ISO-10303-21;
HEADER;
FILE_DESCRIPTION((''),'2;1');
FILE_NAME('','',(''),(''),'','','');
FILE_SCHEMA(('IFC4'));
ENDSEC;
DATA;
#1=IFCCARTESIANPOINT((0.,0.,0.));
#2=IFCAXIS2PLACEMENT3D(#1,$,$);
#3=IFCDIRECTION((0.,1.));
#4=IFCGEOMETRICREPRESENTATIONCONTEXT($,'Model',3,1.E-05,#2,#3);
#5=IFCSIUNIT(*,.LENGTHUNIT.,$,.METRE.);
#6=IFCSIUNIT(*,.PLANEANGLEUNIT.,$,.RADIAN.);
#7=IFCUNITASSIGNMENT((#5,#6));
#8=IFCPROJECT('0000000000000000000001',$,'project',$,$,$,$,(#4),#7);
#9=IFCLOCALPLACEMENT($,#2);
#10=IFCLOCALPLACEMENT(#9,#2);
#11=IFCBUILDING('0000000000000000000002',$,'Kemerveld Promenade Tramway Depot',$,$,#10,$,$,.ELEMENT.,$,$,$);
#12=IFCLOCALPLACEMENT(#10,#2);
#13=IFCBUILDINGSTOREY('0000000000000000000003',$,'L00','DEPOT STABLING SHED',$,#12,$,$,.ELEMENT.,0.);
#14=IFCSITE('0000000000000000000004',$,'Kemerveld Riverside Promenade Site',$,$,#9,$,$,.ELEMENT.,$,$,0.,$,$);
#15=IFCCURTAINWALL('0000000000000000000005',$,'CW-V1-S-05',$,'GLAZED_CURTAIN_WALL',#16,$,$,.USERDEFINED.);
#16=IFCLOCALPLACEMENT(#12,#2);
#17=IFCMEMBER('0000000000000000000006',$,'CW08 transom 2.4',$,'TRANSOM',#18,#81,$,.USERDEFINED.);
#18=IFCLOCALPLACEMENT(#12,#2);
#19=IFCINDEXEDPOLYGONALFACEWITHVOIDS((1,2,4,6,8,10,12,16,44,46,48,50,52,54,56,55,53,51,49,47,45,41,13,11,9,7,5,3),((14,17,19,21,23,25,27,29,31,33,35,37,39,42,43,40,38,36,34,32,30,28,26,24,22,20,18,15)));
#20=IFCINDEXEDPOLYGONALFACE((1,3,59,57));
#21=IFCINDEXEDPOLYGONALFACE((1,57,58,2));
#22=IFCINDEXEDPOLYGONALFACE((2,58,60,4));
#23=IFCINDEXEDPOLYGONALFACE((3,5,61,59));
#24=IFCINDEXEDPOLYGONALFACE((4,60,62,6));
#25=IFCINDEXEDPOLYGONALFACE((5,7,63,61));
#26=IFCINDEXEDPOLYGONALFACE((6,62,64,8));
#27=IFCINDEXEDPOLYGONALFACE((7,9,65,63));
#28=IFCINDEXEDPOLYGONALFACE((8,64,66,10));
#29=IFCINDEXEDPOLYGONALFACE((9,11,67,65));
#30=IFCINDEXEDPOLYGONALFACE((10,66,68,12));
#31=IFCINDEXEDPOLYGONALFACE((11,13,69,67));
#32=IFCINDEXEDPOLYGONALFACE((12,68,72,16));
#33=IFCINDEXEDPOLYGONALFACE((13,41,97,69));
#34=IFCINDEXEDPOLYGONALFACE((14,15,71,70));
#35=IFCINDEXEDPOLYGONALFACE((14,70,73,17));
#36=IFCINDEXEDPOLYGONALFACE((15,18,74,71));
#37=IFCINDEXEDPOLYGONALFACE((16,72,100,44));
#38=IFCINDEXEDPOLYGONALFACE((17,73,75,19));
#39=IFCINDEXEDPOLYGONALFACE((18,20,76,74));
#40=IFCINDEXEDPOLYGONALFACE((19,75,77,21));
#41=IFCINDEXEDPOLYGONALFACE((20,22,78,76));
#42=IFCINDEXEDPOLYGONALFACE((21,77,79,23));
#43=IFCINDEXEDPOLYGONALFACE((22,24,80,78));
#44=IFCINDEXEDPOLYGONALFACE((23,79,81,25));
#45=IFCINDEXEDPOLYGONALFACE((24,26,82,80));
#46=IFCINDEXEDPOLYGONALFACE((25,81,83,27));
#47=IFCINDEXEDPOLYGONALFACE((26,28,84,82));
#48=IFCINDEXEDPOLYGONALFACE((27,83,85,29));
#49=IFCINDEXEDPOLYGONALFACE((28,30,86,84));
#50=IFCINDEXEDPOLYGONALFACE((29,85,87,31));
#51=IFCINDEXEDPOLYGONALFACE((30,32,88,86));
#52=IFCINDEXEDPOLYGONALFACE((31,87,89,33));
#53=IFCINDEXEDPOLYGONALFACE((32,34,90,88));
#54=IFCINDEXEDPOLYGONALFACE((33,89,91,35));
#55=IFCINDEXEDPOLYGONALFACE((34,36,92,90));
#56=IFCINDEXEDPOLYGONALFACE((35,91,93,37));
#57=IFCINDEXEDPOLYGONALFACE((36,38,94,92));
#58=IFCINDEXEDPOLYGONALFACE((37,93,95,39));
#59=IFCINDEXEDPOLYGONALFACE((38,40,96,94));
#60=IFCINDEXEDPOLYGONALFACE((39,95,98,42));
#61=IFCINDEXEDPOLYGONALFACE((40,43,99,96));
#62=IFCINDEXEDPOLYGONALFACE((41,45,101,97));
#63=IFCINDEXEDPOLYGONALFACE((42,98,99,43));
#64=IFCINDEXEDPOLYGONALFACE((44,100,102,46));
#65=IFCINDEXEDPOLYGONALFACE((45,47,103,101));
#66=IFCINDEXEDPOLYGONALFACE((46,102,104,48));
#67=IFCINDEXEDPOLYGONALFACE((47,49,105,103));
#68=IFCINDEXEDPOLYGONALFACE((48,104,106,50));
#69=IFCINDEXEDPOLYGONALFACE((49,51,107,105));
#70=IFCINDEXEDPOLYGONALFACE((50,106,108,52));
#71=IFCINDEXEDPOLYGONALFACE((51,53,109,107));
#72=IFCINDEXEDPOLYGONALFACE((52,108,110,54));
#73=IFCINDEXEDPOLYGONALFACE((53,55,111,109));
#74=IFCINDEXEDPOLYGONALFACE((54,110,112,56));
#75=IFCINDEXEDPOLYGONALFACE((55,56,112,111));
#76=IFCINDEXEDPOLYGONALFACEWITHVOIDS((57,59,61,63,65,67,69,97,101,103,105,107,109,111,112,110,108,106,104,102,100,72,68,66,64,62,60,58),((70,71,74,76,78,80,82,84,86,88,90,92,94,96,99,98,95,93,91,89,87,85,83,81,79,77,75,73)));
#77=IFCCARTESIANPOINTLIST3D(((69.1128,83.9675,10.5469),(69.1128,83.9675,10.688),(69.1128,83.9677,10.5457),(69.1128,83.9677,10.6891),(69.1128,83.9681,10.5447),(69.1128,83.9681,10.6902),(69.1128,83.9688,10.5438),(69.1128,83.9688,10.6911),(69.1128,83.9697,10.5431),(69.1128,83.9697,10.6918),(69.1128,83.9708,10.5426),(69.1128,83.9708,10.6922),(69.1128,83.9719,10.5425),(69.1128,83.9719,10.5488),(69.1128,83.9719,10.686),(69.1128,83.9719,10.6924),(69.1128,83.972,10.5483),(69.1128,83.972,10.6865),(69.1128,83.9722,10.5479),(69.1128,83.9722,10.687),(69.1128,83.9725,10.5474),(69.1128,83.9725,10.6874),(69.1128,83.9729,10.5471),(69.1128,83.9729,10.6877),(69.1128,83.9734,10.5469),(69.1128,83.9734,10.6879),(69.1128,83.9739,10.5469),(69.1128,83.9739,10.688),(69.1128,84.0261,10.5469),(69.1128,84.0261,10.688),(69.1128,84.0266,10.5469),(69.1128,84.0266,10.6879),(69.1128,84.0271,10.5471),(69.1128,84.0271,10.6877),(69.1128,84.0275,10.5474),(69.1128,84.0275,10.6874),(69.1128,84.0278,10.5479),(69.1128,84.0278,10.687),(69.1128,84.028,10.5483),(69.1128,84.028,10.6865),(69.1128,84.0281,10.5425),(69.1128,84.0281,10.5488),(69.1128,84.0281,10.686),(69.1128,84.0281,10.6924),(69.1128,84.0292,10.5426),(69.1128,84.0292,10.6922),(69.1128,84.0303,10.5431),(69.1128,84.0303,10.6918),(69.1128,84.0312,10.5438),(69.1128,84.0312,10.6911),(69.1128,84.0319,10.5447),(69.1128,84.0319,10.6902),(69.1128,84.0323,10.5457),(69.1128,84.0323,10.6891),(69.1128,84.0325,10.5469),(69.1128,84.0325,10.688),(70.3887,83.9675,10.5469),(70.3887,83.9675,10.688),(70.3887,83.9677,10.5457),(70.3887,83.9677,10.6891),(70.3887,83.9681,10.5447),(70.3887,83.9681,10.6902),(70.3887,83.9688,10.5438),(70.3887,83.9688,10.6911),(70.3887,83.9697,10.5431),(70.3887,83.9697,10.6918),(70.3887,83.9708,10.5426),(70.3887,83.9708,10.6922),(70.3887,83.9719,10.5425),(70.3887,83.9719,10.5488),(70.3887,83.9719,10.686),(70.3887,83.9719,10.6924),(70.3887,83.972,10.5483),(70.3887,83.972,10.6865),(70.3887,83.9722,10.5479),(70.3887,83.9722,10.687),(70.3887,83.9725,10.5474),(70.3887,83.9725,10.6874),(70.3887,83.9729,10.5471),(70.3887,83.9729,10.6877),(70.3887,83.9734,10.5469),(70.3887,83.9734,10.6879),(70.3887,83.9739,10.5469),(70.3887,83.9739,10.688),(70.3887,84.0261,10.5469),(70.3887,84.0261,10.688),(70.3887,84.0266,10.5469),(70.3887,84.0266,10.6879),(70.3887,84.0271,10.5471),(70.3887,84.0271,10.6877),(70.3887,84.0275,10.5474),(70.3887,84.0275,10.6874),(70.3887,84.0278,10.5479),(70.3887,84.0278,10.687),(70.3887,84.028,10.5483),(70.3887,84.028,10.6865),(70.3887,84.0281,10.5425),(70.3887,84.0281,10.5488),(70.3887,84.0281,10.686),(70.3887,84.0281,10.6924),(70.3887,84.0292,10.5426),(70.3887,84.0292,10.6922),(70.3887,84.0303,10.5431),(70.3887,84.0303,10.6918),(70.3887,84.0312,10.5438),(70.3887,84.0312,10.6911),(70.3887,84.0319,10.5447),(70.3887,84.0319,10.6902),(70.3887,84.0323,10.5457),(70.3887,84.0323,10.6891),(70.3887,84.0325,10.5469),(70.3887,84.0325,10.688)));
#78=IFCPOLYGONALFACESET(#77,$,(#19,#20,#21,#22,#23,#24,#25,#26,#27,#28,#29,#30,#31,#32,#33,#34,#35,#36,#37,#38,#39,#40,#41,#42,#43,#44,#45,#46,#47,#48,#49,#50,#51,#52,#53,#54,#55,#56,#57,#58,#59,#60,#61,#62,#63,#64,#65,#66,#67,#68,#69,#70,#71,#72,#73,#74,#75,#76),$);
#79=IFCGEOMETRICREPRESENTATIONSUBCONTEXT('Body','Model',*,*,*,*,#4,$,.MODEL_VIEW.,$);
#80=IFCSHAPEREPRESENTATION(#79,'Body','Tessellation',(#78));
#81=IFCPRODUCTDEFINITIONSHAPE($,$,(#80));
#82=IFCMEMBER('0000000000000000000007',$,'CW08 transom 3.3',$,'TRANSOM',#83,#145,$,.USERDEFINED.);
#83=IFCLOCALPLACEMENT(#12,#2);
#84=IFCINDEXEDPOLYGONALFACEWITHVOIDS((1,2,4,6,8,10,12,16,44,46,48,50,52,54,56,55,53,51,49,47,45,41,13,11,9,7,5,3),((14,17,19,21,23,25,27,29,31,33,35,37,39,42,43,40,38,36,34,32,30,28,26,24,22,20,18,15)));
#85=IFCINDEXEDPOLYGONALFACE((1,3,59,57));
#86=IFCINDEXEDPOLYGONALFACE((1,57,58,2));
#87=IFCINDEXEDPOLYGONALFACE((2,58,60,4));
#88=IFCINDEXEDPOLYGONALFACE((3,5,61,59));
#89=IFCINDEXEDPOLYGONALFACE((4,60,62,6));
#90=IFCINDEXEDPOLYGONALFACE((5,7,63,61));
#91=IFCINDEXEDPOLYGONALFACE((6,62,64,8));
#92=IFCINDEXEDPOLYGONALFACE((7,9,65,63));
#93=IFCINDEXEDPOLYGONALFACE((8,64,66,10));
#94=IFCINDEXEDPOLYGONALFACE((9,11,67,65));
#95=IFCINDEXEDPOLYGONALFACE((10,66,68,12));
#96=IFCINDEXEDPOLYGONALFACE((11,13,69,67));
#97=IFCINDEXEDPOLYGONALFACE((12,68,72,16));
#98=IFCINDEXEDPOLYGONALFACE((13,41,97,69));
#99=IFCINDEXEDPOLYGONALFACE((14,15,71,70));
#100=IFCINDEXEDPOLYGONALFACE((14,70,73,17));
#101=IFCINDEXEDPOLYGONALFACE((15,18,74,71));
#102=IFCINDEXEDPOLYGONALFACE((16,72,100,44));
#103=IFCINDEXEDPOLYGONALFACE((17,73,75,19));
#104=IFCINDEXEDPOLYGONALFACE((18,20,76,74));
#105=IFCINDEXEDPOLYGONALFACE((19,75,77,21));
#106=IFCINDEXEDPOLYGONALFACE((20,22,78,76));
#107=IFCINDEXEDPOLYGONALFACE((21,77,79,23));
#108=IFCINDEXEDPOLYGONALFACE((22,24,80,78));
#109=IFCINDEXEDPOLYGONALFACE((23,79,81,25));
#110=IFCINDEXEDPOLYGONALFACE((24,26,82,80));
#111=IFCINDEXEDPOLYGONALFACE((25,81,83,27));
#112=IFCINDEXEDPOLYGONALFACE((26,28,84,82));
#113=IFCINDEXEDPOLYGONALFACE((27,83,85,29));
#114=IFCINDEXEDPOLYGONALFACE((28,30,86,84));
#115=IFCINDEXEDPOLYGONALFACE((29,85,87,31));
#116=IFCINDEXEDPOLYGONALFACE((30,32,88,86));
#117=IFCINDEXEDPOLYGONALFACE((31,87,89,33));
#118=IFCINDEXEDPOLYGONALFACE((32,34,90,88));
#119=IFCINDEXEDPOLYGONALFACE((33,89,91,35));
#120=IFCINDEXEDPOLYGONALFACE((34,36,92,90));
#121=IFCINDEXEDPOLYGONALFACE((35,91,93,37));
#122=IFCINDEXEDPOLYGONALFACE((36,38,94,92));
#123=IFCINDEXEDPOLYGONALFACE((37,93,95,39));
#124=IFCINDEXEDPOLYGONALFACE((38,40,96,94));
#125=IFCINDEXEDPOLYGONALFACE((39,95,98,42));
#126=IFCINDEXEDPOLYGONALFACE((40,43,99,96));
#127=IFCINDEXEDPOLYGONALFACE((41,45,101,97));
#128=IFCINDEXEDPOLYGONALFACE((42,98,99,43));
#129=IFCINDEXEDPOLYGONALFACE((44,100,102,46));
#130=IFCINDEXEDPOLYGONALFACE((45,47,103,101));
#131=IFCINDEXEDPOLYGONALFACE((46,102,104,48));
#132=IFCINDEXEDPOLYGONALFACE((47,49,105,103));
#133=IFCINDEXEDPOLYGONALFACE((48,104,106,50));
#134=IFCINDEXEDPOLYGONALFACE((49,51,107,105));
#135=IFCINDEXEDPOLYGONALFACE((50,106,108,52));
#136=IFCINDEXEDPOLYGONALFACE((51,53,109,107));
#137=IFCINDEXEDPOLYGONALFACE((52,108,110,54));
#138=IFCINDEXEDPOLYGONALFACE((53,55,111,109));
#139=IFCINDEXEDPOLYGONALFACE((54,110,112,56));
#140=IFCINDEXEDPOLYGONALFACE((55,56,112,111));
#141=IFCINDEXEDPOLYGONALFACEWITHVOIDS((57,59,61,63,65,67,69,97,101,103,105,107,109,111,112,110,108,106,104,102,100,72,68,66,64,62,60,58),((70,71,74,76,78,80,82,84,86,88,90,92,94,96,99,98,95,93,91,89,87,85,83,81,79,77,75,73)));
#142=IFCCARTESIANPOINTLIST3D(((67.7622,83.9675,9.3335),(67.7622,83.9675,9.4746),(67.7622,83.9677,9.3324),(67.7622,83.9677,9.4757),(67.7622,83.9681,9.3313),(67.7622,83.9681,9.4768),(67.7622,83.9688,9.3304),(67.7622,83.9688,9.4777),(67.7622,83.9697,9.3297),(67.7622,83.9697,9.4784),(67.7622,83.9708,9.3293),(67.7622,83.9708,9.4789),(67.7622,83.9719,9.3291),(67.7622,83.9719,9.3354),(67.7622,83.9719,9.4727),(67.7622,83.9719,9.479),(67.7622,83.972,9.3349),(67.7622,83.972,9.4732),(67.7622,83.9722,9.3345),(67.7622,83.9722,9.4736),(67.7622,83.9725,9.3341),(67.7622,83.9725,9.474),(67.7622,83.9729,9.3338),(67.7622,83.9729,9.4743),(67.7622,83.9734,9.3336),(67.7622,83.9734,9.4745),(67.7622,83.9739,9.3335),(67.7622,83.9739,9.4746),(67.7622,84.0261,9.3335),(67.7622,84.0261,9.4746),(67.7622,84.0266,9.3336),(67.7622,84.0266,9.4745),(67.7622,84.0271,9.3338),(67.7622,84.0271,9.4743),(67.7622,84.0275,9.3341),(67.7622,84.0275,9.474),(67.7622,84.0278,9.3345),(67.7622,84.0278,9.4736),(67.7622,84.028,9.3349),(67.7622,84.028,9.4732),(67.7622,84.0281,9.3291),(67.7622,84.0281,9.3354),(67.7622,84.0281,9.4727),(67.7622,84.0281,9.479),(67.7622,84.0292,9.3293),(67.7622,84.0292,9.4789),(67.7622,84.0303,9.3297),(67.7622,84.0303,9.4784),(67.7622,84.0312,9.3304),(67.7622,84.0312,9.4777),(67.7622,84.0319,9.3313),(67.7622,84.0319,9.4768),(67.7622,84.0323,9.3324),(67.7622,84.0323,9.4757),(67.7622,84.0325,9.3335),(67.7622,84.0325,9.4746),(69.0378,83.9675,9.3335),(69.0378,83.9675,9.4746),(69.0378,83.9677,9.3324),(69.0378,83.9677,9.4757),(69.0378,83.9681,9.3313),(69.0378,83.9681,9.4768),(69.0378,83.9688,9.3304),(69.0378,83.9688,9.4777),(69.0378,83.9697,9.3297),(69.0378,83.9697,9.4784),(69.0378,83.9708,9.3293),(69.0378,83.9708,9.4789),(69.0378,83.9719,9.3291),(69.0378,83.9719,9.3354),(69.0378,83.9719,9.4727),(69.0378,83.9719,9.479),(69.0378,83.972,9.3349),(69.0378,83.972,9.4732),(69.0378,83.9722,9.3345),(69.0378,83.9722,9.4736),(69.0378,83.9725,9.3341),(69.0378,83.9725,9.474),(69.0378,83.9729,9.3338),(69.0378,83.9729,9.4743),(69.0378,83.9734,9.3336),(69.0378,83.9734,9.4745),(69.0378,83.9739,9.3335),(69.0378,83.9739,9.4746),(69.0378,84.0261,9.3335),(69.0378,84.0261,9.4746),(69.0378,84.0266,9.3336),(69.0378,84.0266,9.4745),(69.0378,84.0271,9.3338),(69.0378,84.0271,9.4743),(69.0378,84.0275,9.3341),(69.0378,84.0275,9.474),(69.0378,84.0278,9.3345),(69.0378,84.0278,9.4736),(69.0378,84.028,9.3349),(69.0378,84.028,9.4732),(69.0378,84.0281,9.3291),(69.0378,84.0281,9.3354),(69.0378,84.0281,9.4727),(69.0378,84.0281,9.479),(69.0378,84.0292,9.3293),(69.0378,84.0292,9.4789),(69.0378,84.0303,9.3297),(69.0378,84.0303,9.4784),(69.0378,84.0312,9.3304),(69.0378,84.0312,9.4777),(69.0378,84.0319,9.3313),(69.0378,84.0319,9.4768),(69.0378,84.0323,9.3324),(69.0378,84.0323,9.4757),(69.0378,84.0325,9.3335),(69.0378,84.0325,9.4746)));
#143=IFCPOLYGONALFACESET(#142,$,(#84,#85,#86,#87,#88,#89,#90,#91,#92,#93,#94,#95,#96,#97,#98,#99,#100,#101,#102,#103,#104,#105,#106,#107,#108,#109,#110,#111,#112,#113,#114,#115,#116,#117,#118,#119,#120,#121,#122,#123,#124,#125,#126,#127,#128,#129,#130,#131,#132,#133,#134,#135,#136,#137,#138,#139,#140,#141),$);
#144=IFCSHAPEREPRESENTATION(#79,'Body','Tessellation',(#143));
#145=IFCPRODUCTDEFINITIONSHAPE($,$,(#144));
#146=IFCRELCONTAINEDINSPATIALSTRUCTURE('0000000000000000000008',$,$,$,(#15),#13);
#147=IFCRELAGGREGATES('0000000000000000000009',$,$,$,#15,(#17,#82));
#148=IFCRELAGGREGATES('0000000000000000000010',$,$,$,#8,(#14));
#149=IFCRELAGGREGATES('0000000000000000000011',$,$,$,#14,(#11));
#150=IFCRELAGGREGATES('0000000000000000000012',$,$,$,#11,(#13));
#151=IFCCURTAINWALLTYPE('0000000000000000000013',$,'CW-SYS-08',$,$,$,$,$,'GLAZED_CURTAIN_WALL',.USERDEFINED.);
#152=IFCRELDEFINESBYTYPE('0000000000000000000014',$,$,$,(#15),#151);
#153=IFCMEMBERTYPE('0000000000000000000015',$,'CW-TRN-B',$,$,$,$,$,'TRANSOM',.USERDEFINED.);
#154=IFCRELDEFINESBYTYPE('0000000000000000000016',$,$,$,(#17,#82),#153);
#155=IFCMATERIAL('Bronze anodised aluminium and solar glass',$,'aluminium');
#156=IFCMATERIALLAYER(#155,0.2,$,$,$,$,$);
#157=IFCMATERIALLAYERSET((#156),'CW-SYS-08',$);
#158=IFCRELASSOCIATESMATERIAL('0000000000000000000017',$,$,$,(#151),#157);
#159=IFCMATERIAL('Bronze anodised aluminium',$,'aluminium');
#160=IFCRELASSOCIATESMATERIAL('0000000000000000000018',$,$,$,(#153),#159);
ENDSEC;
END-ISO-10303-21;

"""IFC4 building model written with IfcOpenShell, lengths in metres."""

from ifc_helpers import new_model, si_unit, direction, frame, origin, origin_2d, place, context, subcontext, project, spatial, hollow_rectangle, extrude, material, layer, layer_set, material_profile, profile_set, type_object, element, aggregate, save


model = new_model("IFC4")

# Units and contexts
model_context = context("Model", 3, precision=1e-05, world=origin(), true_north=direction((0.0, 1.0)))
body_context = subcontext(model_context, "Body", "Model", "MODEL_VIEW")
ifc_project = project(units=[si_unit("LENGTHUNIT", "METRE"), si_unit("PLANEANGLEUNIT", "RADIAN")], contexts=[model_context])

# Site, building, storey
site_placement = place(None, origin())
site = spatial("IfcSite", under=ifc_project, at=site_placement, Name="Kemerveld Riverside Promenade Site", CompositionType="ELEMENT", RefElevation=0.0)
building_placement = place(site_placement, origin())
building = spatial("IfcBuilding", under=site, at=building_placement, Name="Kemerveld Promenade Tramway Depot", CompositionType="ELEMENT")
storey_placement = place(building_placement, origin())
storey = spatial("IfcBuildingStorey", under=building, at=storey_placement, Name="L00", Description="DEPOT STABLING SHED", CompositionType="ELEMENT", Elevation=0.0)

# Curtain wall, members
ifc_material_1 = material(Name="Bronze anodised aluminium and solar glass", Category="aluminium")
ifc_material_2 = material(Name="Bronze anodised aluminium", Category="aluminium")
ifc_layer_1 = layer(ifc_material_1, 0.2)
ifc_layer_set_1 = layer_set([ifc_layer_1], Name="CW-SYS-08")
curtain_wall_type_1 = type_object("IfcCurtainWallType", Name="CW-SYS-08", ElementType="GLAZED_CURTAIN_WALL", PredefinedType="USERDEFINED", material=ifc_layer_set_1)
curtain_wall_1_placement = place(storey_placement, origin())
curtain_wall_1 = element("IfcCurtainWall", 1, at=curtain_wall_1_placement, inside=storey, type_object=curtain_wall_type_1, Name="CW-V1-S-05", ObjectType="GLAZED_CURTAIN_WALL", PredefinedType="USERDEFINED")
ifc_material_profile_1 = material_profile(ifc_material_2, hollow_rectangle(XDim=0.0649, YDim=0.1499, WallThickness=0.0044, InnerFilletRadius=0.002, OuterFilletRadius=0.0044, at=origin_2d()), Name="CW-TRN-150x65")
ifc_profile_set_1 = profile_set([ifc_material_profile_1], Name="Bronze anodised aluminium")
member_type_1 = type_object("IfcMemberType", Name="CW-TRN-B", ElementType="TRANSOM", PredefinedType="USERDEFINED", material=ifc_profile_set_1)
member_1_placement = place(storey_placement, frame((70.3887, 84.0, 10.6174), z_axis=(-1.0, 0.0, 0.0), x_axis=(0.0, -1.0, 0.0)))
member_1 = element("IfcMember", 2, at=member_1_placement, type_object=member_type_1, Name="CW08 transom 2.4", ObjectType="TRANSOM", PredefinedType="USERDEFINED", context=body_context, shape_type="SweptSolid", body=[
    extrude(hollow_rectangle(XDim=0.0649, YDim=0.1499, WallThickness=0.0044, InnerFilletRadius=0.002, OuterFilletRadius=0.0044, at=origin_2d()), origin(), (0.0, 0.0, 1.0), 1.2759),
])
member_2_placement = place(storey_placement, frame((69.0378, 84.0, 9.4041), z_axis=(-1.0, 0.0, 0.0), x_axis=(0.0, -1.0, 0.0)))
member_2 = element("IfcMember", 3, at=member_2_placement, type_object=member_type_1, Name="CW08 transom 3.3", ObjectType="TRANSOM", PredefinedType="USERDEFINED", context=body_context, shape_type="SweptSolid", body=[
    extrude(hollow_rectangle(XDim=0.0649, YDim=0.1499, WallThickness=0.0044, InnerFilletRadius=0.002, OuterFilletRadius=0.0044, at=origin_2d()), origin(), (0.0, 0.0, 1.0), 1.2756),
])

aggregate(curtain_wall_1, [member_1, member_2])

save(model, "model.ifc")
